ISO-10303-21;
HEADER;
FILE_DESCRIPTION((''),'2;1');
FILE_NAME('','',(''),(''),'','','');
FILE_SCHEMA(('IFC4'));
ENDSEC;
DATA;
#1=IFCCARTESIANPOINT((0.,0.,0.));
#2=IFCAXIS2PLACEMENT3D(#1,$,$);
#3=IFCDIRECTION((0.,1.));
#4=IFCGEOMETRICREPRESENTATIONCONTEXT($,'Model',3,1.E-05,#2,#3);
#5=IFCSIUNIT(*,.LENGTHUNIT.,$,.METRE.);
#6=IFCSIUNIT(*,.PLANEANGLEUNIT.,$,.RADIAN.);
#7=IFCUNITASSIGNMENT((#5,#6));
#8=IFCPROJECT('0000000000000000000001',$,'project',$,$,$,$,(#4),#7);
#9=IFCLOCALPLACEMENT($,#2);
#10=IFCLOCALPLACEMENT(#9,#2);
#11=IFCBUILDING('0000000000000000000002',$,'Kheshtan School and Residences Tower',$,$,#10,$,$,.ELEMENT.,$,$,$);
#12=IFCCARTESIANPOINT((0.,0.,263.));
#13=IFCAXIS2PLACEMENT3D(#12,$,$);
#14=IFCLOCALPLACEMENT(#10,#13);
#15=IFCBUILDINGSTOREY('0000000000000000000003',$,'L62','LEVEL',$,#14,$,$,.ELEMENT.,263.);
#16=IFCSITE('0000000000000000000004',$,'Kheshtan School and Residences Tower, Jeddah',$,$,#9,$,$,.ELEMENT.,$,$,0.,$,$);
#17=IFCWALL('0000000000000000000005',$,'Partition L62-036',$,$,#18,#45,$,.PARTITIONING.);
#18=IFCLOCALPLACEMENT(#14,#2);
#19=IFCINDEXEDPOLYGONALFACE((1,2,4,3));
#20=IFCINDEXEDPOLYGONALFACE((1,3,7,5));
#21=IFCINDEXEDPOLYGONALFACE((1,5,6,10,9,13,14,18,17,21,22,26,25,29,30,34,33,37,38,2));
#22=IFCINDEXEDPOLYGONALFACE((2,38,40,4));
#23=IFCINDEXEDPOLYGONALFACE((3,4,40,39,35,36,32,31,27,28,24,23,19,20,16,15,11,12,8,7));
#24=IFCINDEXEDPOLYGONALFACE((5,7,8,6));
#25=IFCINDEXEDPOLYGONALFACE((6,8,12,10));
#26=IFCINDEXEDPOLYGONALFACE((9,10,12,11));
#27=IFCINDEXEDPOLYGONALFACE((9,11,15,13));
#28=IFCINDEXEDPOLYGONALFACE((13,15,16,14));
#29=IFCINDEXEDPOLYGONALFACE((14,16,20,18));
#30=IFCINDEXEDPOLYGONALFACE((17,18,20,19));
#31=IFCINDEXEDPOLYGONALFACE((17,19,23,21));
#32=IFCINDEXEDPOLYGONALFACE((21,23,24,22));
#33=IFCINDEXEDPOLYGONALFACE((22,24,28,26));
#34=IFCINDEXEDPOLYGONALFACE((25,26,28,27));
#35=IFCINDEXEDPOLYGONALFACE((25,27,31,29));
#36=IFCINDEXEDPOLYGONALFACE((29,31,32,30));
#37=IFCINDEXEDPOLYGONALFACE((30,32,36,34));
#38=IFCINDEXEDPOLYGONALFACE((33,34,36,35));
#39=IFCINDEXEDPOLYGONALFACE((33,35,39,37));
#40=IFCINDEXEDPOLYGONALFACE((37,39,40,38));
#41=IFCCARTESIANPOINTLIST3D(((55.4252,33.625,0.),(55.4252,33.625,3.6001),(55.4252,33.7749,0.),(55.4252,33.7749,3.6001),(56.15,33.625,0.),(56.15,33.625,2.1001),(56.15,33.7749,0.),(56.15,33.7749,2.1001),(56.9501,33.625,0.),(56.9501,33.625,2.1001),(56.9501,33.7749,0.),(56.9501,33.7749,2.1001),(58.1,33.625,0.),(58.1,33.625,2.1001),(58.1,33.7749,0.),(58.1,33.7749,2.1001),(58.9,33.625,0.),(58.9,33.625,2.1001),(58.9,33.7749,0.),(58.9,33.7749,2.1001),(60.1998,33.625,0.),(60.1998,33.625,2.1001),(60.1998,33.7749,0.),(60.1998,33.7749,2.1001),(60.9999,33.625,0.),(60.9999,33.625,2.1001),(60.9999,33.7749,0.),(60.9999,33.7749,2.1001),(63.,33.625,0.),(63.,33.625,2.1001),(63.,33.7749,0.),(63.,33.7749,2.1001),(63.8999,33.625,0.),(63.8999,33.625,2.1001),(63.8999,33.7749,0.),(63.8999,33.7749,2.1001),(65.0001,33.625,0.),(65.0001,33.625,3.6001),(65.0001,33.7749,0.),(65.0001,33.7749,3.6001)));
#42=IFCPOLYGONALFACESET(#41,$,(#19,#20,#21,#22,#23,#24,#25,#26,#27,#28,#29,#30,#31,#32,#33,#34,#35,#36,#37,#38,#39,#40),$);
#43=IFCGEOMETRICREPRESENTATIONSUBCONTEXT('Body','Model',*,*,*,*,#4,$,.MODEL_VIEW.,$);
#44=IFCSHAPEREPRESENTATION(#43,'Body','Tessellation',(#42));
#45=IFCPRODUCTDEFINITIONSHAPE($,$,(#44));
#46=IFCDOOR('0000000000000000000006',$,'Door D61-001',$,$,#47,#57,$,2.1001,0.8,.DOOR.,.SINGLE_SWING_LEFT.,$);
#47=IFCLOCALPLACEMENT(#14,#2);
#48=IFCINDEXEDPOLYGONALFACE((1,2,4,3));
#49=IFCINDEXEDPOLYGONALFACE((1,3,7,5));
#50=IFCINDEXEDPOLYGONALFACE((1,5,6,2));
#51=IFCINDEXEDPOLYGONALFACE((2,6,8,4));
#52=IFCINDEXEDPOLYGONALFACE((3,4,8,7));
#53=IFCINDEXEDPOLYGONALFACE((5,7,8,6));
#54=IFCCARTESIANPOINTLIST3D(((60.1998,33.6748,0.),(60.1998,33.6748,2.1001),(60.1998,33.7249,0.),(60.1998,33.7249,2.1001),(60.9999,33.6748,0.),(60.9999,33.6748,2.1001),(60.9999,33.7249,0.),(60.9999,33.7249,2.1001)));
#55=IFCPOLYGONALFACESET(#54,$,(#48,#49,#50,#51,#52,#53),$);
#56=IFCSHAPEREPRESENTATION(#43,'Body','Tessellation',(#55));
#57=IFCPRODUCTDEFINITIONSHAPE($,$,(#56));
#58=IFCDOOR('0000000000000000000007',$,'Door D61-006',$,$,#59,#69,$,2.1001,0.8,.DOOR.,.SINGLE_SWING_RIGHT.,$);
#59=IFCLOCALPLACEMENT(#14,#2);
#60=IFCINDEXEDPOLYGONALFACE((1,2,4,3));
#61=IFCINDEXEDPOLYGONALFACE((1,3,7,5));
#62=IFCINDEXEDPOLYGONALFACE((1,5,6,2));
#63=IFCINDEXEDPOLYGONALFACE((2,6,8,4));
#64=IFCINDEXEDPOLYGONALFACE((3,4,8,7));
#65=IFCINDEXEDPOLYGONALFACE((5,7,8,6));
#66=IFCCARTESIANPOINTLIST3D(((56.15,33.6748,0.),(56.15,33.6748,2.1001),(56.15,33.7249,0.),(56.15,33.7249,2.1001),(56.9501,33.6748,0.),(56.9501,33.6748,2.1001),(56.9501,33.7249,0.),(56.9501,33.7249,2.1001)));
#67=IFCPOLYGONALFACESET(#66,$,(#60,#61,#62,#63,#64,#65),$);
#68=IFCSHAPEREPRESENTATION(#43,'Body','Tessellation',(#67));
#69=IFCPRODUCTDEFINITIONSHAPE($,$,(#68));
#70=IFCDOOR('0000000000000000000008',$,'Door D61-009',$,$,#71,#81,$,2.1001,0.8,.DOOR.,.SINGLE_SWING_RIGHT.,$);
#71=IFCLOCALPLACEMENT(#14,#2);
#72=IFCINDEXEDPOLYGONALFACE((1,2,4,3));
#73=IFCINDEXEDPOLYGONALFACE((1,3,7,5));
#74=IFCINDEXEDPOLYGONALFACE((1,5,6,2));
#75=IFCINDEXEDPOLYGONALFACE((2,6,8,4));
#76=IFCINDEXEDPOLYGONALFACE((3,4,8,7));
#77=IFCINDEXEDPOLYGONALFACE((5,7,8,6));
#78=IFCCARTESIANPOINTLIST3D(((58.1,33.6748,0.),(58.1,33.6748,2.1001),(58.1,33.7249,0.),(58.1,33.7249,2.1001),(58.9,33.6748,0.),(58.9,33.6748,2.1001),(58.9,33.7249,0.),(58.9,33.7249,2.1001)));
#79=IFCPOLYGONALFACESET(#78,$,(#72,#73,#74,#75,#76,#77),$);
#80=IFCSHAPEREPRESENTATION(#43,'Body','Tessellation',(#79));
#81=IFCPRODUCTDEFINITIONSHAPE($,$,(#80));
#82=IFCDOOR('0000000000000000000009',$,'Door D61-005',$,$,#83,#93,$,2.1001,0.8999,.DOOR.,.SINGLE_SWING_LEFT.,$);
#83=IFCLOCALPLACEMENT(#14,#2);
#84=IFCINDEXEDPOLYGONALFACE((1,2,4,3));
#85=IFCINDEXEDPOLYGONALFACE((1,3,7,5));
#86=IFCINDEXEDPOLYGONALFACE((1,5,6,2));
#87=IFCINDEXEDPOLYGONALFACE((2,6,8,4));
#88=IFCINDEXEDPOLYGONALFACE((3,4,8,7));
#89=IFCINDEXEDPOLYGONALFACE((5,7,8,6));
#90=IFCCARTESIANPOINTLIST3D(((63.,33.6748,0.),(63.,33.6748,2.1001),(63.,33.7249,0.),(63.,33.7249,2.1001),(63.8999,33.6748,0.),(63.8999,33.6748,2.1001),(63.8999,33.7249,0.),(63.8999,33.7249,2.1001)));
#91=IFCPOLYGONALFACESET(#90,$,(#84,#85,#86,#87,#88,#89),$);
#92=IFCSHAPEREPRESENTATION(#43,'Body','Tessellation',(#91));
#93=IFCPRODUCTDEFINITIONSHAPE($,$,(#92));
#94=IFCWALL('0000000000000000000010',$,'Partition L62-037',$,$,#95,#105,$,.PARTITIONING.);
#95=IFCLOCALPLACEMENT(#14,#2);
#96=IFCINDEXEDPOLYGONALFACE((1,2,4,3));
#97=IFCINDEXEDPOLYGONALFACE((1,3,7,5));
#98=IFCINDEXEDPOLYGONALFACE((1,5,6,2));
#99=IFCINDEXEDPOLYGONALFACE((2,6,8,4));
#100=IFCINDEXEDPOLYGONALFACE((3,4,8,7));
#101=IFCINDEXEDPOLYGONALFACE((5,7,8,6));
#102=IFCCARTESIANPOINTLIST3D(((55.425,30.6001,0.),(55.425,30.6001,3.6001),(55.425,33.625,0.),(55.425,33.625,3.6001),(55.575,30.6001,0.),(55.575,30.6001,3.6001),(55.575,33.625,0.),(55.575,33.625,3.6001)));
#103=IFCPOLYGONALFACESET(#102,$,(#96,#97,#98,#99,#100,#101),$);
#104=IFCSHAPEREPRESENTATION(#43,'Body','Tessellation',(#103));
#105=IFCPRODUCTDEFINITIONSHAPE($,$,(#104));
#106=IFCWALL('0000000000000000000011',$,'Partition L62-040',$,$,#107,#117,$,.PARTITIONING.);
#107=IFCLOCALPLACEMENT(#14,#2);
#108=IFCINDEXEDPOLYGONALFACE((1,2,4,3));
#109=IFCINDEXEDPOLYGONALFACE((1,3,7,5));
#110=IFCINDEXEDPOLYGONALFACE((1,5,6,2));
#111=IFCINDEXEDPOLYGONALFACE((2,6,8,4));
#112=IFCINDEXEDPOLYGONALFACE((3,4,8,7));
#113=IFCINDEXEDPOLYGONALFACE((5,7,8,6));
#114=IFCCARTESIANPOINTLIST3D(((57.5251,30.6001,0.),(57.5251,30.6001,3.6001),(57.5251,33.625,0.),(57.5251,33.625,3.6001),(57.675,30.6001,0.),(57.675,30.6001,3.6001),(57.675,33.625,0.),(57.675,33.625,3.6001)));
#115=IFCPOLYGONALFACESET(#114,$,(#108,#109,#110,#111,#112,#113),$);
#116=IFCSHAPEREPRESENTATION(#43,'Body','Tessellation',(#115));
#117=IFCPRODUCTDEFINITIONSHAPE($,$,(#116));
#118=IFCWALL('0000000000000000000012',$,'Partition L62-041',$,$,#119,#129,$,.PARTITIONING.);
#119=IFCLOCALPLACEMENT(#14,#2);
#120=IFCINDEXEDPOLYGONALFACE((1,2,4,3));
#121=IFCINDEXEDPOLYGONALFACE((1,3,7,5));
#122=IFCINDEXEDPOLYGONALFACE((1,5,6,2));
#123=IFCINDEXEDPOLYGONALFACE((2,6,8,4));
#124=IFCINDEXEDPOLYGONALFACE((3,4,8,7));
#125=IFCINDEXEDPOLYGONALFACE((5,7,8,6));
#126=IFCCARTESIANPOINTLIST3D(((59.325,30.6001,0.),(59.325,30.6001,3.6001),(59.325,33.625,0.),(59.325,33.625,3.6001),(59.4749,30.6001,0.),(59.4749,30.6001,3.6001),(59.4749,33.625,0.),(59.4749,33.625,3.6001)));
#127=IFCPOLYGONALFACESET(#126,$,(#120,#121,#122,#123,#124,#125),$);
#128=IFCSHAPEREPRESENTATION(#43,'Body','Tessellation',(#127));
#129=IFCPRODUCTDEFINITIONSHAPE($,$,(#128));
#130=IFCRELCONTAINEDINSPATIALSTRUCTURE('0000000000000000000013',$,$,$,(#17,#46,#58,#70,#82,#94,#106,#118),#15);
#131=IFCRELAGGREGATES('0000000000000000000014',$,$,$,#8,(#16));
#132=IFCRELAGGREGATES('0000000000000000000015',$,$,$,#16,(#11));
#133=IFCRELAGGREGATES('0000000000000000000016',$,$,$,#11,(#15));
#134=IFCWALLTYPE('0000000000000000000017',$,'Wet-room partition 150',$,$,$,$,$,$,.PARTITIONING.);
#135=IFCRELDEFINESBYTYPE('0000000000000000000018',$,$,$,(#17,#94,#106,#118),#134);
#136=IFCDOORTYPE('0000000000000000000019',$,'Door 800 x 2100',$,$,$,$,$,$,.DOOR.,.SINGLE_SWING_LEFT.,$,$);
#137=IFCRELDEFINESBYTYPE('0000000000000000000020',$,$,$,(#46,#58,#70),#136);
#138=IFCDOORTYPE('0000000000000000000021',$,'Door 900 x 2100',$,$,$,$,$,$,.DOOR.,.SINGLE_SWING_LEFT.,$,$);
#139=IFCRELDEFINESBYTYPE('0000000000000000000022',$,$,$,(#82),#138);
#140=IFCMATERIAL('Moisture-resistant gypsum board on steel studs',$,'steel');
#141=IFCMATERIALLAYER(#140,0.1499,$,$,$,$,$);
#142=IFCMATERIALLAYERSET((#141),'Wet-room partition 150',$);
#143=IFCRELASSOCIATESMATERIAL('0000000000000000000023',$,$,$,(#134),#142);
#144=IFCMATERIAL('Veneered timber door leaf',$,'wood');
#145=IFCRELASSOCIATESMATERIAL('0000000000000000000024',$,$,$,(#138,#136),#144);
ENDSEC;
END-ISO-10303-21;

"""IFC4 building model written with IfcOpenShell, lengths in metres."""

from ifc_helpers import new_model, si_unit, direction, frame, frame_2d, origin, place, context, subcontext, project, spatial, rectangle, extrude, source, transform, mapped, material, layer, layer_set, type_object, element, fill, save


model = new_model("IFC4")

# Units and contexts
model_context = context("Model", 3, precision=1e-05, world=origin(), true_north=direction((0.0, 1.0)))
body_context = subcontext(model_context, "Body", "Model", "MODEL_VIEW")
ifc_project = project(units=[si_unit("LENGTHUNIT", "METRE"), si_unit("PLANEANGLEUNIT", "RADIAN")], contexts=[model_context])

# Site, building, storey
site_placement = place(None, origin())
site = spatial("IfcSite", under=ifc_project, at=site_placement, Name="Kheshtan School and Residences Tower, Jeddah", CompositionType="ELEMENT", RefElevation=0.0)
building_placement = place(site_placement, origin())
building = spatial("IfcBuilding", under=site, at=building_placement, Name="Kheshtan School and Residences Tower", CompositionType="ELEMENT")
storey_placement = place(building_placement, frame((0.0, 0.0, 263.0)))
storey = spatial("IfcBuildingStorey", under=building, at=storey_placement, Name="L62", Description="LEVEL", CompositionType="ELEMENT", Elevation=263.0)

# Wall, openings, doors
ifc_material_1 = material(Name="Moisture-resistant gypsum board on steel studs", Category="steel")
ifc_layer_1 = layer(ifc_material_1, 0.1499)
ifc_layer_set_1 = layer_set([ifc_layer_1], Name="Wet-room partition 150")
wall_type_1 = type_object("IfcWallType", Name="Wet-room partition 150", PredefinedType="PARTITIONING", material=ifc_layer_set_1)
ifc_material_2 = material(Name="Veneered timber door leaf", Category="wood")
door_type_1 = type_object("IfcDoorType", Name="Door 900 x 2100", OperationType="SINGLE_SWING_LEFT", PredefinedType="DOOR", material=ifc_material_2)
shared_shape_1 = source(origin(), body_context, "Body", "SweptSolid", [
    extrude(rectangle(XDim=0.8999, YDim=2.1001, at=frame_2d((0.45, 1.05))), frame((0.0, 0.0249, 0.0), z_axis=(0.0, -1.0, 0.0), x_axis=(1.0, 0.0, 0.0)), (0.0, 0.0, 1.0), 0.05),
])
wall_1_placement = place(storey_placement, frame((55.425, 33.7, 0.0), z_axis=(0.0, 0.0, 1.0), x_axis=(1.0, 0.0, 0.0)))
wall_1 = element("IfcWall", 1, at=wall_1_placement, inside=storey, type_object=wall_type_1, Name="Partition L62-036", PredefinedType="PARTITIONING", context=body_context, shape_type="SweptSolid", body=[
    extrude(rectangle(XDim=9.575, YDim=0.1499, at=frame_2d((4.7876, 0.0))), origin(), (0.0, 0.0, 1.0), 3.6001),
])
opening_1_placement = place(wall_1_placement, frame((4.7749, 0.0, 0.0)))
opening_1 = element("IfcOpeningElement", 2, at=opening_1_placement, cuts=wall_1, PredefinedType="OPENING", context=body_context, shape_type="SweptSolid", body=[
    extrude(rectangle(XDim=0.8, YDim=2.1001, at=frame_2d((0.3999, 1.05))), frame((0.0, 0.085, 0.0), z_axis=(0.0, -1.0, 0.0), x_axis=(1.0, 0.0, 0.0)), (0.0, 0.0, 1.0), 0.1699),
])
opening_2_placement = place(wall_1_placement, frame((7.575, 0.0, 0.0)))
opening_2 = element("IfcOpeningElement", 3, at=opening_2_placement, cuts=wall_1, PredefinedType="OPENING", context=body_context, shape_type="SweptSolid", body=[
    extrude(rectangle(XDim=0.8999, YDim=2.1001, at=frame_2d((0.45, 1.05))), frame((0.0, 0.085, 0.0), z_axis=(0.0, -1.0, 0.0), x_axis=(1.0, 0.0, 0.0)), (0.0, 0.0, 1.0), 0.1699),
])
opening_3_placement = place(wall_1_placement, frame((0.7251, 0.0, 0.0)))
opening_3 = element("IfcOpeningElement", 4, at=opening_3_placement, cuts=wall_1, PredefinedType="OPENING", context=body_context, shape_type="SweptSolid", body=[
    extrude(rectangle(XDim=0.8, YDim=2.1001, at=frame_2d((0.3999, 1.05))), frame((0.0, 0.085, 0.0), z_axis=(0.0, -1.0, 0.0), x_axis=(1.0, 0.0, 0.0)), (0.0, 0.0, 1.0), 0.1699),
])
opening_4_placement = place(wall_1_placement, frame((2.675, 0.0, 0.0)))
opening_4 = element("IfcOpeningElement", 5, at=opening_4_placement, cuts=wall_1, PredefinedType="OPENING", context=body_context, shape_type="SweptSolid", body=[
    extrude(rectangle(XDim=0.8, YDim=2.1001, at=frame_2d((0.3999, 1.05))), frame((0.0, 0.085, 0.0), z_axis=(0.0, -1.0, 0.0), x_axis=(1.0, 0.0, 0.0)), (0.0, 0.0, 1.0), 0.1699),
])
door_type_2 = type_object("IfcDoorType", Name="Door 800 x 2100", OperationType="SINGLE_SWING_LEFT", PredefinedType="DOOR", material=ifc_material_2)
shared_shape_2 = source(origin(), body_context, "Body", "SweptSolid", [
    extrude(rectangle(XDim=0.8, YDim=2.1001, at=frame_2d((0.3999, 1.05))), frame((0.0, 0.0249, 0.0), z_axis=(0.0, -1.0, 0.0), x_axis=(1.0, 0.0, 0.0)), (0.0, 0.0, 1.0), 0.05),
])
door_1_placement = place(opening_1_placement, origin())
door_1 = element("IfcDoor", 6, at=door_1_placement, inside=storey, type_object=door_type_2, Name="Door D61-001", OperationType="SINGLE_SWING_LEFT", OverallHeight=2.1001, OverallWidth=0.8, PredefinedType="DOOR", context=body_context, shape_type="MappedRepresentation", body=[
    mapped(shared_shape_2, transform((0.0, 0.0, 0.0), x_axis=(1.0, 0.0, 0.0), y_axis=(0.0, 1.0, 0.0), z_axis=(0.0, 0.0, 1.0), scale=1.0)),
])
fill(opening_1, door_1)
door_2_placement = place(opening_3_placement, origin())
door_2 = element("IfcDoor", 7, at=door_2_placement, inside=storey, type_object=door_type_2, Name="Door D61-006", OperationType="SINGLE_SWING_RIGHT", OverallHeight=2.1001, OverallWidth=0.8, PredefinedType="DOOR", context=body_context, shape_type="MappedRepresentation", body=[
    mapped(shared_shape_2, transform((0.0, 0.0, 0.0), x_axis=(1.0, 0.0, 0.0), y_axis=(0.0, 1.0, 0.0), z_axis=(0.0, 0.0, 1.0), scale=1.0)),
])
fill(opening_3, door_2)
door_3_placement = place(opening_4_placement, origin())
door_3 = element("IfcDoor", 8, at=door_3_placement, inside=storey, type_object=door_type_2, Name="Door D61-009", OperationType="SINGLE_SWING_RIGHT", OverallHeight=2.1001, OverallWidth=0.8, PredefinedType="DOOR", context=body_context, shape_type="MappedRepresentation", body=[
    mapped(shared_shape_2, transform((0.0, 0.0, 0.0), x_axis=(1.0, 0.0, 0.0), y_axis=(0.0, 1.0, 0.0), z_axis=(0.0, 0.0, 1.0), scale=1.0)),
])
fill(opening_4, door_3)
door_4_placement = place(opening_2_placement, origin())
door_4 = element("IfcDoor", 9, at=door_4_placement, inside=storey, type_object=door_type_1, Name="Door D61-005", OperationType="SINGLE_SWING_LEFT", OverallHeight=2.1001, OverallWidth=0.8999, PredefinedType="DOOR", context=body_context, shape_type="MappedRepresentation", body=[
    mapped(shared_shape_1, transform((0.0, 0.0, 0.0), x_axis=(1.0, 0.0, 0.0), y_axis=(0.0, 1.0, 0.0), z_axis=(0.0, 0.0, 1.0), scale=1.0)),
])
fill(opening_2, door_4)

# Walls
for number, where, z_axis, x_axis, name in (
    (10, (55.5, 30.6001, 0.0), (0.0, 0.0, 1.0), (0.0, 1.0, 0.0), "Partition L62-037"),
    (11, (57.6001, 30.6001, 0.0), (0.0, 0.0, 1.0), (0.0, 1.0, 0.0), "Partition L62-040"),
    (12, (59.3999, 30.6001, 0.0), (0.0, 0.0, 1.0), (0.0, 1.0, 0.0), "Partition L62-041"),
):
    element("IfcWall", number, at=place(storey_placement, frame(where, z_axis=z_axis, x_axis=x_axis)), inside=storey, type_object=wall_type_1, Name=name, PredefinedType="PARTITIONING", context=body_context, shape_type="SweptSolid", body=[
        extrude(rectangle(XDim=3.0249, YDim=0.1499, at=frame_2d((1.5125, 0.0))), origin(), (0.0, 0.0, 1.0), 3.6001),
    ])

save(model, "model.ifc")
